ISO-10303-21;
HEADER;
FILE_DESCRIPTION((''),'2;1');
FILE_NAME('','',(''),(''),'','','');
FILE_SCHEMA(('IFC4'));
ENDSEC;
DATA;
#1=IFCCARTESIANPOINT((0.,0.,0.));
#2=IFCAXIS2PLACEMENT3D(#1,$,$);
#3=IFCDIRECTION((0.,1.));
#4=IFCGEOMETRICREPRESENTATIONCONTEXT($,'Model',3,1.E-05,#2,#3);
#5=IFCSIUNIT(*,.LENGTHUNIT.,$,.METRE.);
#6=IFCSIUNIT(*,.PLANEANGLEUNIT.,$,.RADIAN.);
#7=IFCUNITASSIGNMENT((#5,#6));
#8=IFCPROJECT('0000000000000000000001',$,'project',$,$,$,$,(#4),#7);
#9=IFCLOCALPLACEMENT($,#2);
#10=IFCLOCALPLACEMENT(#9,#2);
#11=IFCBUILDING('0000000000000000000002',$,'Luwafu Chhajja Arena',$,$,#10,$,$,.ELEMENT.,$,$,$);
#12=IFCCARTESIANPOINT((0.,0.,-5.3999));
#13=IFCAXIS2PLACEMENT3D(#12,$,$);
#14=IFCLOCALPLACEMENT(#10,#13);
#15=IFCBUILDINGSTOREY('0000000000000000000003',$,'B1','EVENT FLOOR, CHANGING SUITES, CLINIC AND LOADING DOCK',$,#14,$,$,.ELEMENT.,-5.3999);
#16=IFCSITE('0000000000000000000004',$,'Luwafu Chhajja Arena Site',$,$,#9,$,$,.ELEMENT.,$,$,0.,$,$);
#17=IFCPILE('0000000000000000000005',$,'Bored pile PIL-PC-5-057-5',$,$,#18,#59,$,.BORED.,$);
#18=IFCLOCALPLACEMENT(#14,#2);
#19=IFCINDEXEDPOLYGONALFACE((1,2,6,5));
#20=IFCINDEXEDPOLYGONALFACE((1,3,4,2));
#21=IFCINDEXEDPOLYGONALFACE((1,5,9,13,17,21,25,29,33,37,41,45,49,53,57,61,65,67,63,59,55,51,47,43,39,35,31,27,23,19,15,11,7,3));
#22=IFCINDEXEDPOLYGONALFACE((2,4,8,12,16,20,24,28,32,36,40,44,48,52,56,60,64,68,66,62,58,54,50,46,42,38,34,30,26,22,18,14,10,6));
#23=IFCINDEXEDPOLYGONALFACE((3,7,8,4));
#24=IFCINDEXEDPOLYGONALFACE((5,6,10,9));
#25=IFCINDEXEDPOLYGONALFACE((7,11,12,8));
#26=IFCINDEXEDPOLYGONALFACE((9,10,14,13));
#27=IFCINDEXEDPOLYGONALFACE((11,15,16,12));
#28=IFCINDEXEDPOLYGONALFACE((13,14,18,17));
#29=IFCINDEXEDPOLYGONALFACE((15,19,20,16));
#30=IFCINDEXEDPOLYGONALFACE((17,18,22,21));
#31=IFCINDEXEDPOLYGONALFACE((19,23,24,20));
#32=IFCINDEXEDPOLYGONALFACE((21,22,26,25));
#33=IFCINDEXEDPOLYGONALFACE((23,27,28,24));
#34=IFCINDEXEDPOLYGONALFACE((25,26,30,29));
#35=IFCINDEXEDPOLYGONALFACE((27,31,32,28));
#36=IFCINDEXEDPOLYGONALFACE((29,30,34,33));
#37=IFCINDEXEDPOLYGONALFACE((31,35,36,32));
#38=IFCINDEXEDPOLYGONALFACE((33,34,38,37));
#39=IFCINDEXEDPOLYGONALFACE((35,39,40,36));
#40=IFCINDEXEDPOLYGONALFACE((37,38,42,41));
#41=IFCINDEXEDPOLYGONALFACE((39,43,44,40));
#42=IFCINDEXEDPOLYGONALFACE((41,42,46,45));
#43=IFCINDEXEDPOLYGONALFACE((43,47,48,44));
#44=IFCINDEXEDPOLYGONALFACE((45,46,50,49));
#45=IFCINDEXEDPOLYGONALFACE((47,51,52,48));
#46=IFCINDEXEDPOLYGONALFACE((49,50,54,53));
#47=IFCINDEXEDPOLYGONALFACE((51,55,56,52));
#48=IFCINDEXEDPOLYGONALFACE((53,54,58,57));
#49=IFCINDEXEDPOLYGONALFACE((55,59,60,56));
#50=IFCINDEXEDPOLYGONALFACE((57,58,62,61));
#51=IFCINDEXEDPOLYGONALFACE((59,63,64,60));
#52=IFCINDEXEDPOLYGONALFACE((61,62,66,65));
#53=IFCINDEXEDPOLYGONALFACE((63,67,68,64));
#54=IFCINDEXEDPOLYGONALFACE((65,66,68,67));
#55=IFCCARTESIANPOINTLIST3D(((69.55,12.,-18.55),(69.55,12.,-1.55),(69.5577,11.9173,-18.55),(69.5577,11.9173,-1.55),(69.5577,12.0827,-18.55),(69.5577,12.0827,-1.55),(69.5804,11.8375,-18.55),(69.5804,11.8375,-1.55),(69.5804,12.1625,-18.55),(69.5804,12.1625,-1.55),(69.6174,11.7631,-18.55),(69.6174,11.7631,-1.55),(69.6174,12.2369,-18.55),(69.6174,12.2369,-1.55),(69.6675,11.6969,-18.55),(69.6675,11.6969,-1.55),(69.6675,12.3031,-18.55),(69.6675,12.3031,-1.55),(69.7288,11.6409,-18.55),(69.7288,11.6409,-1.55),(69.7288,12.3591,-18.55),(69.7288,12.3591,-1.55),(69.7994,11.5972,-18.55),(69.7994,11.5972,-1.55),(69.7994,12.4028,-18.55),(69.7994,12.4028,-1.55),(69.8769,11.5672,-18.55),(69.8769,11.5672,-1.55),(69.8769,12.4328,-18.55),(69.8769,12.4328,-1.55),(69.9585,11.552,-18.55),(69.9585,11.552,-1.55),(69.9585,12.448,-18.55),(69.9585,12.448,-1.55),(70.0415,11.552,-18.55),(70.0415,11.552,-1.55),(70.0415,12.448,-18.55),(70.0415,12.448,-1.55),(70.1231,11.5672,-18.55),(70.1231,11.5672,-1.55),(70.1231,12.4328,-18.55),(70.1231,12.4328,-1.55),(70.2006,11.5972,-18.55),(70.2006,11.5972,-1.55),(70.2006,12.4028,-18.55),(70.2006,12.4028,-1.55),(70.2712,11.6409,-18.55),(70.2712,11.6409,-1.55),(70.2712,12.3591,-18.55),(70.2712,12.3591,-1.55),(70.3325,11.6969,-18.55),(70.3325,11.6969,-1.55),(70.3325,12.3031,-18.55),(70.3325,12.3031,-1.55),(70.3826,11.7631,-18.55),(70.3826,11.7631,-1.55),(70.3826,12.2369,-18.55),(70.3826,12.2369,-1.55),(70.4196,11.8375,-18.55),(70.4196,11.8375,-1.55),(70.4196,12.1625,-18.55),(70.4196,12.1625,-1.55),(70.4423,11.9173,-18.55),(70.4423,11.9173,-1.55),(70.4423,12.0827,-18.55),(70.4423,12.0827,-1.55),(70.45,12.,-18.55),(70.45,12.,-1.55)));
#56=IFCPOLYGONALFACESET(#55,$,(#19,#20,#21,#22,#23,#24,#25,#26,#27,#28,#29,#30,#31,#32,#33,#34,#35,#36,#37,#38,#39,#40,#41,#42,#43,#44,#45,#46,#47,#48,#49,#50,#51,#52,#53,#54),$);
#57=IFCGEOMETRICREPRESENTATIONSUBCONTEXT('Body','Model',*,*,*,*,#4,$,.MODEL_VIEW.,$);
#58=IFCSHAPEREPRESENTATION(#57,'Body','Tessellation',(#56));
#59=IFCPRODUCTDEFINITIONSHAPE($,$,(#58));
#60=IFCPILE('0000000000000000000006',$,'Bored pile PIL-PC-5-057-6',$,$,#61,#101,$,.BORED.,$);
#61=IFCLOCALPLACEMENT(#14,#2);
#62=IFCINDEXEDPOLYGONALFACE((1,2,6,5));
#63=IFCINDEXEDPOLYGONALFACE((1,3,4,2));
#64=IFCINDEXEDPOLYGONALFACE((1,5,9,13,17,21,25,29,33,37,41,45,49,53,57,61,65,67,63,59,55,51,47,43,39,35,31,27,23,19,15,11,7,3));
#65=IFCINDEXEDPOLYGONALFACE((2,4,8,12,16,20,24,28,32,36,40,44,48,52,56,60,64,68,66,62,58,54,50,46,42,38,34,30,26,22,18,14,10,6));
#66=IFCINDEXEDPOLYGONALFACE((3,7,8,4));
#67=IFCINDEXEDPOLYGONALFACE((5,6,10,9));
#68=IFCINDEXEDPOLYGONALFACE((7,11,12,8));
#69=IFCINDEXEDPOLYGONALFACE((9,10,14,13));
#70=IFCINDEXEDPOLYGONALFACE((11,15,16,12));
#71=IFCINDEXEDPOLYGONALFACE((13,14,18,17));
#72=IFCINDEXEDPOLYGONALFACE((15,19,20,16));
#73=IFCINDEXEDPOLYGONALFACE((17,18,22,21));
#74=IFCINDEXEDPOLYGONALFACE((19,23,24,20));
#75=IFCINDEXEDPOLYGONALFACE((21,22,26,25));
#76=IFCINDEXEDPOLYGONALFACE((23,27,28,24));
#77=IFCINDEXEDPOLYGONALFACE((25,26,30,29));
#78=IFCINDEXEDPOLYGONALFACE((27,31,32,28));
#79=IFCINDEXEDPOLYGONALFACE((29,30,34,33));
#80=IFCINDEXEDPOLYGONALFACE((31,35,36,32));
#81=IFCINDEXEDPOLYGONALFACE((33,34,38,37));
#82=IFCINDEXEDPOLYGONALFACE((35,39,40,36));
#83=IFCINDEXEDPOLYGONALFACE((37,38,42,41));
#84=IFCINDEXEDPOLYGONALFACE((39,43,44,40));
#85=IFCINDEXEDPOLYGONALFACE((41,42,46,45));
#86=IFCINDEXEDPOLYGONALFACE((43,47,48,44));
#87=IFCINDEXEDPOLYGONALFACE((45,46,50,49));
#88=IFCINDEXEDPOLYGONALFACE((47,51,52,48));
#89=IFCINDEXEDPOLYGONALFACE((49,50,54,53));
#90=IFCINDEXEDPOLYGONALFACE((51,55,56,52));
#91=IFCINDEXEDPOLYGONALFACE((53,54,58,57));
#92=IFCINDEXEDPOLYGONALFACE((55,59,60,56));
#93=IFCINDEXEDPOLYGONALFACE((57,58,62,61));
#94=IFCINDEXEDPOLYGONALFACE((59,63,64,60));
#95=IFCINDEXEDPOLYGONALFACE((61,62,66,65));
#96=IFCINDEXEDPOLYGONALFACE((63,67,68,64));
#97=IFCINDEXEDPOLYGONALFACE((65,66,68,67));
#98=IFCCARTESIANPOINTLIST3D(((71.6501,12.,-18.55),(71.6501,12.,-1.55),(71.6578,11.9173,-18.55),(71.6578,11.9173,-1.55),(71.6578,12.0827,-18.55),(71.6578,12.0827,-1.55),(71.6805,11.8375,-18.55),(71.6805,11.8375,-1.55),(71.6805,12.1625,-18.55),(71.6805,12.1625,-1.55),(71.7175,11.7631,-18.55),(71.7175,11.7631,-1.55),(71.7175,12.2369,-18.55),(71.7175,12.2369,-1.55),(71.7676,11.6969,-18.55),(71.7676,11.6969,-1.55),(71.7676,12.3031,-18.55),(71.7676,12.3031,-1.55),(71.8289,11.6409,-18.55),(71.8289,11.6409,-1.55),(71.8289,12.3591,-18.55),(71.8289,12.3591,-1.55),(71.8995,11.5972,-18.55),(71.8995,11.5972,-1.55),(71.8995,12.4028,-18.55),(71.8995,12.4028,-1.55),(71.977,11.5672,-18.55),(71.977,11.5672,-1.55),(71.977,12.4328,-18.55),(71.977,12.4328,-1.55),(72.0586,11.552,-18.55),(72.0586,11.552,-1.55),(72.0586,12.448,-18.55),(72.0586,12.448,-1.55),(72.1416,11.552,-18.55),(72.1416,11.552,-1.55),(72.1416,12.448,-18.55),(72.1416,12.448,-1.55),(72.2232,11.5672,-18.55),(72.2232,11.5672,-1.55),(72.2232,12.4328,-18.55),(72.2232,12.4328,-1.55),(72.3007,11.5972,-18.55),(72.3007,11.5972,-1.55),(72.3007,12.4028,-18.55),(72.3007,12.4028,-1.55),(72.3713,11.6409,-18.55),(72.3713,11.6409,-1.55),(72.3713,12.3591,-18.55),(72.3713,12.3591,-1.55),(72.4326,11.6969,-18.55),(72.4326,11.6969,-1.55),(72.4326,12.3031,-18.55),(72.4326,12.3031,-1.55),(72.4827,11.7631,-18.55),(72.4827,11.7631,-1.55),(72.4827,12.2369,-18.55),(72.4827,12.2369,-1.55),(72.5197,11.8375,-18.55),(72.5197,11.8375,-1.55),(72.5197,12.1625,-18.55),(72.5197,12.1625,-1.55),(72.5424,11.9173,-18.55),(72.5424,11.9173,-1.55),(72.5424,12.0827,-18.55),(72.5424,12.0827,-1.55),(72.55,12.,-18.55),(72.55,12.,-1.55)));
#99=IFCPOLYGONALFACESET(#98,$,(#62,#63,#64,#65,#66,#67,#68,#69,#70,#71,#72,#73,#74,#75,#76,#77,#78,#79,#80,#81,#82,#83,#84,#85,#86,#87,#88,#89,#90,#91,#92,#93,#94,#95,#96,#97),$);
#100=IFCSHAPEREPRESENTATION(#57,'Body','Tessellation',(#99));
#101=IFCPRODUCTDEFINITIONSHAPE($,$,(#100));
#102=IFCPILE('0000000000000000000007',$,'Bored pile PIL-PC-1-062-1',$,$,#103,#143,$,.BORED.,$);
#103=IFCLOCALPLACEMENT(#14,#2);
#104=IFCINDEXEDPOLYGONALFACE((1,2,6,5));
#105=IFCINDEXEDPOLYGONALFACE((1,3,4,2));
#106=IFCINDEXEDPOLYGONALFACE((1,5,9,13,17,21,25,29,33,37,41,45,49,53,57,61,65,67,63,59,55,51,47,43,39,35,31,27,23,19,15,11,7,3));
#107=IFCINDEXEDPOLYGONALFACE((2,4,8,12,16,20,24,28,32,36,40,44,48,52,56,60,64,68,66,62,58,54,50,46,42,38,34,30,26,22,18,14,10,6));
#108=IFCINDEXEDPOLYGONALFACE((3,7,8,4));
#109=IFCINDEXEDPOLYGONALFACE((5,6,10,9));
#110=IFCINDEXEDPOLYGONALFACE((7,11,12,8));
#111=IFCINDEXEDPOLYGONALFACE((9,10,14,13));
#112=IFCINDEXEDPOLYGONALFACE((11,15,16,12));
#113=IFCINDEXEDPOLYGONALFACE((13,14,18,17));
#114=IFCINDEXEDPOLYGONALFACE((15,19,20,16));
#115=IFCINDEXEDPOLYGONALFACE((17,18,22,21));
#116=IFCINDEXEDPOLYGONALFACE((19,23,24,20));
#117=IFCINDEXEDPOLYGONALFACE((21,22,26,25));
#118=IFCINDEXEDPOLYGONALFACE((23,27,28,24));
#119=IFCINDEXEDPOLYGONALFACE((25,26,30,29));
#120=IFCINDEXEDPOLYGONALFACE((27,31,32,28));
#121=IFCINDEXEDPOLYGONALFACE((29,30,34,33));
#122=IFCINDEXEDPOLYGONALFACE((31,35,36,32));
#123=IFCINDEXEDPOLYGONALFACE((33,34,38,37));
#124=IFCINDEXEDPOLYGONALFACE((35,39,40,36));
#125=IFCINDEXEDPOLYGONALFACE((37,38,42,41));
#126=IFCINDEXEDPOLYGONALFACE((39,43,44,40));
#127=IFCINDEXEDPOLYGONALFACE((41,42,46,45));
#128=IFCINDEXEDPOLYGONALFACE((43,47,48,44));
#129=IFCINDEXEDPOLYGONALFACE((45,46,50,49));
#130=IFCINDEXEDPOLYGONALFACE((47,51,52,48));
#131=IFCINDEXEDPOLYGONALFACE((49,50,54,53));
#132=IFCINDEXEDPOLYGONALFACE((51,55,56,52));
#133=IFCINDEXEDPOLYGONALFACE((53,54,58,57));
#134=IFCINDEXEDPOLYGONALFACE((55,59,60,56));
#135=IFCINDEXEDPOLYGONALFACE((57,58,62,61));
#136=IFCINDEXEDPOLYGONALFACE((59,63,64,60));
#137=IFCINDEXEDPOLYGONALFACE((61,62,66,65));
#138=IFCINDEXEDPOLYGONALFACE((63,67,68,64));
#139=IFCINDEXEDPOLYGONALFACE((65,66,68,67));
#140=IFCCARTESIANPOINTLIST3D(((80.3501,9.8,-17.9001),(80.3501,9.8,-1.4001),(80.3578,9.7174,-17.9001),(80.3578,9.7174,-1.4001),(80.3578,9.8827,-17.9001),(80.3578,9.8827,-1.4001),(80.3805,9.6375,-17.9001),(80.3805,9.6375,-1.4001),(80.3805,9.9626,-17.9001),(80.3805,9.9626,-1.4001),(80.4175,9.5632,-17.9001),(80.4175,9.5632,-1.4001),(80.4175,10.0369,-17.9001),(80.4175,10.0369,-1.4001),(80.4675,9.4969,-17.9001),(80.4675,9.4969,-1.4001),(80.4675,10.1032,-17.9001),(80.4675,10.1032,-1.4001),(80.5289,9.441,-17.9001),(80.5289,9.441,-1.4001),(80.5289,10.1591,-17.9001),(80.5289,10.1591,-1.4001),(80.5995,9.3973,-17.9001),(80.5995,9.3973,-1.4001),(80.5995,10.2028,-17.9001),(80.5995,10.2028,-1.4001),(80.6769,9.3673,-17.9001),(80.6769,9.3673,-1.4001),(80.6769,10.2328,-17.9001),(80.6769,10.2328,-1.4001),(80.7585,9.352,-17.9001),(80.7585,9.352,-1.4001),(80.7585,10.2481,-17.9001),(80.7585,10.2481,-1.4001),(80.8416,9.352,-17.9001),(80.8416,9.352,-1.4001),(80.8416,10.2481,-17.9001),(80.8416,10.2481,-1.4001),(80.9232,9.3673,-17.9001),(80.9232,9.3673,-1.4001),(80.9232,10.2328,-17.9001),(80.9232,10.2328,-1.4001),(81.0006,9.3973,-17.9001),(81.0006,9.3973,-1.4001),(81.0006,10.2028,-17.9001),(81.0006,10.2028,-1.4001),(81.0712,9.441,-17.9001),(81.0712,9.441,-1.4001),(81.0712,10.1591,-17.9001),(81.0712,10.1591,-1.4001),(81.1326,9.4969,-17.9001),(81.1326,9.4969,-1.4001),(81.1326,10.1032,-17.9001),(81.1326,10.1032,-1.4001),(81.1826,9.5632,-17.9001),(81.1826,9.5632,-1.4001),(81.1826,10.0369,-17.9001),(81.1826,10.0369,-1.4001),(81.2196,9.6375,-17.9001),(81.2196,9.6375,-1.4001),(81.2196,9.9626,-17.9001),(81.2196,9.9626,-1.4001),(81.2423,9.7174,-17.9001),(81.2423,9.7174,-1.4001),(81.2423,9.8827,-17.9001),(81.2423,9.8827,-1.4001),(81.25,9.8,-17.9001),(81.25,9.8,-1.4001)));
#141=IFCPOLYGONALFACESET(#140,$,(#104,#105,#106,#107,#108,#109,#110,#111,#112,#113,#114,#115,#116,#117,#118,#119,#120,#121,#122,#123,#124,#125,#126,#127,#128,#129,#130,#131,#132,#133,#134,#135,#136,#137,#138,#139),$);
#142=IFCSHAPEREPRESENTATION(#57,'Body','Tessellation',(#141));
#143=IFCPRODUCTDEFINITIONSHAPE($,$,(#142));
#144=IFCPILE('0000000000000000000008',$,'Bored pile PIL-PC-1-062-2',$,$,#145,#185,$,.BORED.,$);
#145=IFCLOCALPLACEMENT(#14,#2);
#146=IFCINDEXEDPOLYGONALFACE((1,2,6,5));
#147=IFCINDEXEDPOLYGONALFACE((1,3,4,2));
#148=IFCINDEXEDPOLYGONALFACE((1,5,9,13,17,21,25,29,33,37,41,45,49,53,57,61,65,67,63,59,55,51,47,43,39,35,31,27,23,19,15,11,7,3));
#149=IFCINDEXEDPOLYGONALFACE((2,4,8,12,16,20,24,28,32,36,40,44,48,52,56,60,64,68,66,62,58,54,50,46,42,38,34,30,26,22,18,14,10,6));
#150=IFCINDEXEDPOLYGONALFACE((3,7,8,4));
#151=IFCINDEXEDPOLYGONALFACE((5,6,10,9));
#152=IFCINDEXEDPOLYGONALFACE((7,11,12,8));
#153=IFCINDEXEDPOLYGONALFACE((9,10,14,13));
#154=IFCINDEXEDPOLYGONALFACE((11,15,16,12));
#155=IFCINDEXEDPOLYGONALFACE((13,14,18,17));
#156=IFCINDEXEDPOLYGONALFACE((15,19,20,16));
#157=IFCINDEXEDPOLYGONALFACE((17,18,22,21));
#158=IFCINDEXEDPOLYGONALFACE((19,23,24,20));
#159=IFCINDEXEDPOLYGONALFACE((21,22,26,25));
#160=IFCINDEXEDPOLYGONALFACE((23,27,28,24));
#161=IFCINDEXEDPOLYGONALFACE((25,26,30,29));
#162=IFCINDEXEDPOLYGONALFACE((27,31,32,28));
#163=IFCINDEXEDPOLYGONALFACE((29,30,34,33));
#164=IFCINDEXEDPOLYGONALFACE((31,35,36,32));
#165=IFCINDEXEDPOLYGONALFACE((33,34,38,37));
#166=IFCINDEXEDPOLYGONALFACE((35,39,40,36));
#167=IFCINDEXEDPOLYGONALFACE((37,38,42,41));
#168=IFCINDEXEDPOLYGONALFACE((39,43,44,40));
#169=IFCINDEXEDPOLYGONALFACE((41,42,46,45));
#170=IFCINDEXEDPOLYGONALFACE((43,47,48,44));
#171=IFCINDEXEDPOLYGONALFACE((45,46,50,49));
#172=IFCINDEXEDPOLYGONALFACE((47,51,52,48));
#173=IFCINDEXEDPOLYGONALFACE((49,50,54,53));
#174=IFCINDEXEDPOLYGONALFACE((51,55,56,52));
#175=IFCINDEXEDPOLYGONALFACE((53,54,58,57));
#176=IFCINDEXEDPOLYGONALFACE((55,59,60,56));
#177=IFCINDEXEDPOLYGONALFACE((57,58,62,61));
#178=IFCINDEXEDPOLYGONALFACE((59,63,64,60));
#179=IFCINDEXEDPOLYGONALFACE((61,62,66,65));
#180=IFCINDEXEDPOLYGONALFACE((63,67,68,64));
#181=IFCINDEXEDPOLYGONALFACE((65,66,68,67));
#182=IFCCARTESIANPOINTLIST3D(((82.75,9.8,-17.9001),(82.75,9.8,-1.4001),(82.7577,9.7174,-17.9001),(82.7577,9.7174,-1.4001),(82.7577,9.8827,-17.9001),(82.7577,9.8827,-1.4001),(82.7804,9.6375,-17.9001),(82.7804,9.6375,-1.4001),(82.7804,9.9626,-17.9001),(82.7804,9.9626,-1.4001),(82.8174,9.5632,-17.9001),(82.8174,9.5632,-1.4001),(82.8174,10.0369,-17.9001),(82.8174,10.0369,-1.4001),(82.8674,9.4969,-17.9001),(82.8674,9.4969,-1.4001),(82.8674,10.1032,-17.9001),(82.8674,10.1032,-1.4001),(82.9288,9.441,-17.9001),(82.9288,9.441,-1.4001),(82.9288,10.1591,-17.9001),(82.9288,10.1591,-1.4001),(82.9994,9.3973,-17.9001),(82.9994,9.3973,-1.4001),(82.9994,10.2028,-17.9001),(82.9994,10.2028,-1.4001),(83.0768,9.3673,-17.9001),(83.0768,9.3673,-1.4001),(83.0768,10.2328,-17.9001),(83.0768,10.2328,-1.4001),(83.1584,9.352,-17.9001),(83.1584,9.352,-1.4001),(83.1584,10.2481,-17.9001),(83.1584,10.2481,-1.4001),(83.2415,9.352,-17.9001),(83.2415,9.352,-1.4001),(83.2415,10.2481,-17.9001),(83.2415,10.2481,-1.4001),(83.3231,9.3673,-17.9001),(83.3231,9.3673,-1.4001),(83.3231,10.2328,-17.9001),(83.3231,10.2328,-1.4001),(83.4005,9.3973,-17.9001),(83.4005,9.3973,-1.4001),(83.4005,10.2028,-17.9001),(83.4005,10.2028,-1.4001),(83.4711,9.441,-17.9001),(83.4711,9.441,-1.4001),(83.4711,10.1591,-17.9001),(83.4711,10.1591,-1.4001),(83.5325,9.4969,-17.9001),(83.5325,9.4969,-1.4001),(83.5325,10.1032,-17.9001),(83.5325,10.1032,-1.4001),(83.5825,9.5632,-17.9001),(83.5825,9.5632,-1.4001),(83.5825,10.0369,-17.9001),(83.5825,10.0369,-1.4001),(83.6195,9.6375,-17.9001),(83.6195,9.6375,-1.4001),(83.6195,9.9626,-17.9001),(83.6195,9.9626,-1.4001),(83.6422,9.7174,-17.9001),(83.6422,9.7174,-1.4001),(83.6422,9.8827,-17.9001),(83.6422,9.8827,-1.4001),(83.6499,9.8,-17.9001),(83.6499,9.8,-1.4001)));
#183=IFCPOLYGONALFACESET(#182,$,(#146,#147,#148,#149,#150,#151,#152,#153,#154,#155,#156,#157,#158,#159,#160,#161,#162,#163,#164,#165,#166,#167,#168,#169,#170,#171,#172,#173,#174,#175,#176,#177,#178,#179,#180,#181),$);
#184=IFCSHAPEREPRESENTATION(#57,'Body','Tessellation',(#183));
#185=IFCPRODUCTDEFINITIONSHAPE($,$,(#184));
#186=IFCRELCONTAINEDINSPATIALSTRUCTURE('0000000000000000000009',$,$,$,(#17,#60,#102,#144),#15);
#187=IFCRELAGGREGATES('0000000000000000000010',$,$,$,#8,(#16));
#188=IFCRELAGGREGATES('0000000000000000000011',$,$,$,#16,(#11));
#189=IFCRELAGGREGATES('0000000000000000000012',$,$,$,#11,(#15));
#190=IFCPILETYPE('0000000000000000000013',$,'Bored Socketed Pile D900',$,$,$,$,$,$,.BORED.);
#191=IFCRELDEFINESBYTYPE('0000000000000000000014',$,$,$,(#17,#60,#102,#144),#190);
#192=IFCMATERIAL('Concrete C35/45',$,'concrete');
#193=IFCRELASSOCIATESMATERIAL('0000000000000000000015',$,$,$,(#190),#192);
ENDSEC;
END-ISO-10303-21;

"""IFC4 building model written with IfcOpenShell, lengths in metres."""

from ifc_helpers import new_model, si_unit, direction, frame, origin, origin_2d, place, context, subcontext, project, spatial, circle, extrude, material, material_profile, profile_set, type_object, element, save


model = new_model("IFC4")

# Units and contexts
model_context = context("Model", 3, precision=1e-05, world=origin(), true_north=direction((0.0, 1.0)))
body_context = subcontext(model_context, "Body", "Model", "MODEL_VIEW")
ifc_project = project(units=[si_unit("LENGTHUNIT", "METRE"), si_unit("PLANEANGLEUNIT", "RADIAN")], contexts=[model_context])

# Site, building, storey
site_placement = place(None, origin())
site = spatial("IfcSite", under=ifc_project, at=site_placement, Name="Luwafu Chhajja Arena Site", CompositionType="ELEMENT", RefElevation=0.0)
building_placement = place(site_placement, origin())
building = spatial("IfcBuilding", under=site, at=building_placement, Name="Luwafu Chhajja Arena", CompositionType="ELEMENT")
storey_placement = place(building_placement, frame((0.0, 0.0, -5.3999)))
storey = spatial("IfcBuildingStorey", under=building, at=storey_placement, Name="B1", Description="EVENT FLOOR, CHANGING SUITES, CLINIC AND LOADING DOCK", CompositionType="ELEMENT", Elevation=-5.3999)

# Piles
ifc_material_1 = material(Name="Concrete C35/45", Category="concrete")
ifc_material_profile_1 = material_profile(ifc_material_1, circle(Radius=0.45, at=origin_2d()), Name="PILE D900")
ifc_profile_set_1 = profile_set([ifc_material_profile_1], Name="Concrete C35/45")
pile_type_1 = type_object("IfcPileType", Name="Bored Socketed Pile D900", PredefinedType="BORED", material=ifc_profile_set_1)
for number, where, z_axis, x_axis, name in (
    (1, (70.0, 12.0, -1.55), (0.0, 0.0, -1.0), (1.0, 0.0, 0.0), "Bored pile PIL-PC-5-057-5"),
    (2, (72.1001, 12.0, -1.55), (0.0, 0.0, -1.0), (1.0, 0.0, 0.0), "Bored pile PIL-PC-5-057-6"),
):
    element("IfcPile", number, at=place(storey_placement, frame(where, z_axis=z_axis, x_axis=x_axis)), inside=storey, type_object=pile_type_1, Name=name, PredefinedType="BORED", context=body_context, shape_type="SweptSolid", body=[
        extrude(circle(Radius=0.45, at=origin_2d()), origin(), (0.0, 0.0, 1.0), 17.0),
    ])
for number, where, z_axis, x_axis, name in (
    (3, (80.8, 9.8, -1.4001), (0.0, 0.0, -1.0), (1.0, 0.0, 0.0), "Bored pile PIL-PC-1-062-1"),
    (4, (83.2, 9.8, -1.4001), (0.0, 0.0, -1.0), (1.0, 0.0, 0.0), "Bored pile PIL-PC-1-062-2"),
):
    element("IfcPile", number, at=place(storey_placement, frame(where, z_axis=z_axis, x_axis=x_axis)), inside=storey, type_object=pile_type_1, Name=name, PredefinedType="BORED", context=body_context, shape_type="SweptSolid", body=[
        extrude(circle(Radius=0.45, at=origin_2d()), origin(), (0.0, 0.0, 1.0), 16.5),
    ])

save(model, "model.ifc")
